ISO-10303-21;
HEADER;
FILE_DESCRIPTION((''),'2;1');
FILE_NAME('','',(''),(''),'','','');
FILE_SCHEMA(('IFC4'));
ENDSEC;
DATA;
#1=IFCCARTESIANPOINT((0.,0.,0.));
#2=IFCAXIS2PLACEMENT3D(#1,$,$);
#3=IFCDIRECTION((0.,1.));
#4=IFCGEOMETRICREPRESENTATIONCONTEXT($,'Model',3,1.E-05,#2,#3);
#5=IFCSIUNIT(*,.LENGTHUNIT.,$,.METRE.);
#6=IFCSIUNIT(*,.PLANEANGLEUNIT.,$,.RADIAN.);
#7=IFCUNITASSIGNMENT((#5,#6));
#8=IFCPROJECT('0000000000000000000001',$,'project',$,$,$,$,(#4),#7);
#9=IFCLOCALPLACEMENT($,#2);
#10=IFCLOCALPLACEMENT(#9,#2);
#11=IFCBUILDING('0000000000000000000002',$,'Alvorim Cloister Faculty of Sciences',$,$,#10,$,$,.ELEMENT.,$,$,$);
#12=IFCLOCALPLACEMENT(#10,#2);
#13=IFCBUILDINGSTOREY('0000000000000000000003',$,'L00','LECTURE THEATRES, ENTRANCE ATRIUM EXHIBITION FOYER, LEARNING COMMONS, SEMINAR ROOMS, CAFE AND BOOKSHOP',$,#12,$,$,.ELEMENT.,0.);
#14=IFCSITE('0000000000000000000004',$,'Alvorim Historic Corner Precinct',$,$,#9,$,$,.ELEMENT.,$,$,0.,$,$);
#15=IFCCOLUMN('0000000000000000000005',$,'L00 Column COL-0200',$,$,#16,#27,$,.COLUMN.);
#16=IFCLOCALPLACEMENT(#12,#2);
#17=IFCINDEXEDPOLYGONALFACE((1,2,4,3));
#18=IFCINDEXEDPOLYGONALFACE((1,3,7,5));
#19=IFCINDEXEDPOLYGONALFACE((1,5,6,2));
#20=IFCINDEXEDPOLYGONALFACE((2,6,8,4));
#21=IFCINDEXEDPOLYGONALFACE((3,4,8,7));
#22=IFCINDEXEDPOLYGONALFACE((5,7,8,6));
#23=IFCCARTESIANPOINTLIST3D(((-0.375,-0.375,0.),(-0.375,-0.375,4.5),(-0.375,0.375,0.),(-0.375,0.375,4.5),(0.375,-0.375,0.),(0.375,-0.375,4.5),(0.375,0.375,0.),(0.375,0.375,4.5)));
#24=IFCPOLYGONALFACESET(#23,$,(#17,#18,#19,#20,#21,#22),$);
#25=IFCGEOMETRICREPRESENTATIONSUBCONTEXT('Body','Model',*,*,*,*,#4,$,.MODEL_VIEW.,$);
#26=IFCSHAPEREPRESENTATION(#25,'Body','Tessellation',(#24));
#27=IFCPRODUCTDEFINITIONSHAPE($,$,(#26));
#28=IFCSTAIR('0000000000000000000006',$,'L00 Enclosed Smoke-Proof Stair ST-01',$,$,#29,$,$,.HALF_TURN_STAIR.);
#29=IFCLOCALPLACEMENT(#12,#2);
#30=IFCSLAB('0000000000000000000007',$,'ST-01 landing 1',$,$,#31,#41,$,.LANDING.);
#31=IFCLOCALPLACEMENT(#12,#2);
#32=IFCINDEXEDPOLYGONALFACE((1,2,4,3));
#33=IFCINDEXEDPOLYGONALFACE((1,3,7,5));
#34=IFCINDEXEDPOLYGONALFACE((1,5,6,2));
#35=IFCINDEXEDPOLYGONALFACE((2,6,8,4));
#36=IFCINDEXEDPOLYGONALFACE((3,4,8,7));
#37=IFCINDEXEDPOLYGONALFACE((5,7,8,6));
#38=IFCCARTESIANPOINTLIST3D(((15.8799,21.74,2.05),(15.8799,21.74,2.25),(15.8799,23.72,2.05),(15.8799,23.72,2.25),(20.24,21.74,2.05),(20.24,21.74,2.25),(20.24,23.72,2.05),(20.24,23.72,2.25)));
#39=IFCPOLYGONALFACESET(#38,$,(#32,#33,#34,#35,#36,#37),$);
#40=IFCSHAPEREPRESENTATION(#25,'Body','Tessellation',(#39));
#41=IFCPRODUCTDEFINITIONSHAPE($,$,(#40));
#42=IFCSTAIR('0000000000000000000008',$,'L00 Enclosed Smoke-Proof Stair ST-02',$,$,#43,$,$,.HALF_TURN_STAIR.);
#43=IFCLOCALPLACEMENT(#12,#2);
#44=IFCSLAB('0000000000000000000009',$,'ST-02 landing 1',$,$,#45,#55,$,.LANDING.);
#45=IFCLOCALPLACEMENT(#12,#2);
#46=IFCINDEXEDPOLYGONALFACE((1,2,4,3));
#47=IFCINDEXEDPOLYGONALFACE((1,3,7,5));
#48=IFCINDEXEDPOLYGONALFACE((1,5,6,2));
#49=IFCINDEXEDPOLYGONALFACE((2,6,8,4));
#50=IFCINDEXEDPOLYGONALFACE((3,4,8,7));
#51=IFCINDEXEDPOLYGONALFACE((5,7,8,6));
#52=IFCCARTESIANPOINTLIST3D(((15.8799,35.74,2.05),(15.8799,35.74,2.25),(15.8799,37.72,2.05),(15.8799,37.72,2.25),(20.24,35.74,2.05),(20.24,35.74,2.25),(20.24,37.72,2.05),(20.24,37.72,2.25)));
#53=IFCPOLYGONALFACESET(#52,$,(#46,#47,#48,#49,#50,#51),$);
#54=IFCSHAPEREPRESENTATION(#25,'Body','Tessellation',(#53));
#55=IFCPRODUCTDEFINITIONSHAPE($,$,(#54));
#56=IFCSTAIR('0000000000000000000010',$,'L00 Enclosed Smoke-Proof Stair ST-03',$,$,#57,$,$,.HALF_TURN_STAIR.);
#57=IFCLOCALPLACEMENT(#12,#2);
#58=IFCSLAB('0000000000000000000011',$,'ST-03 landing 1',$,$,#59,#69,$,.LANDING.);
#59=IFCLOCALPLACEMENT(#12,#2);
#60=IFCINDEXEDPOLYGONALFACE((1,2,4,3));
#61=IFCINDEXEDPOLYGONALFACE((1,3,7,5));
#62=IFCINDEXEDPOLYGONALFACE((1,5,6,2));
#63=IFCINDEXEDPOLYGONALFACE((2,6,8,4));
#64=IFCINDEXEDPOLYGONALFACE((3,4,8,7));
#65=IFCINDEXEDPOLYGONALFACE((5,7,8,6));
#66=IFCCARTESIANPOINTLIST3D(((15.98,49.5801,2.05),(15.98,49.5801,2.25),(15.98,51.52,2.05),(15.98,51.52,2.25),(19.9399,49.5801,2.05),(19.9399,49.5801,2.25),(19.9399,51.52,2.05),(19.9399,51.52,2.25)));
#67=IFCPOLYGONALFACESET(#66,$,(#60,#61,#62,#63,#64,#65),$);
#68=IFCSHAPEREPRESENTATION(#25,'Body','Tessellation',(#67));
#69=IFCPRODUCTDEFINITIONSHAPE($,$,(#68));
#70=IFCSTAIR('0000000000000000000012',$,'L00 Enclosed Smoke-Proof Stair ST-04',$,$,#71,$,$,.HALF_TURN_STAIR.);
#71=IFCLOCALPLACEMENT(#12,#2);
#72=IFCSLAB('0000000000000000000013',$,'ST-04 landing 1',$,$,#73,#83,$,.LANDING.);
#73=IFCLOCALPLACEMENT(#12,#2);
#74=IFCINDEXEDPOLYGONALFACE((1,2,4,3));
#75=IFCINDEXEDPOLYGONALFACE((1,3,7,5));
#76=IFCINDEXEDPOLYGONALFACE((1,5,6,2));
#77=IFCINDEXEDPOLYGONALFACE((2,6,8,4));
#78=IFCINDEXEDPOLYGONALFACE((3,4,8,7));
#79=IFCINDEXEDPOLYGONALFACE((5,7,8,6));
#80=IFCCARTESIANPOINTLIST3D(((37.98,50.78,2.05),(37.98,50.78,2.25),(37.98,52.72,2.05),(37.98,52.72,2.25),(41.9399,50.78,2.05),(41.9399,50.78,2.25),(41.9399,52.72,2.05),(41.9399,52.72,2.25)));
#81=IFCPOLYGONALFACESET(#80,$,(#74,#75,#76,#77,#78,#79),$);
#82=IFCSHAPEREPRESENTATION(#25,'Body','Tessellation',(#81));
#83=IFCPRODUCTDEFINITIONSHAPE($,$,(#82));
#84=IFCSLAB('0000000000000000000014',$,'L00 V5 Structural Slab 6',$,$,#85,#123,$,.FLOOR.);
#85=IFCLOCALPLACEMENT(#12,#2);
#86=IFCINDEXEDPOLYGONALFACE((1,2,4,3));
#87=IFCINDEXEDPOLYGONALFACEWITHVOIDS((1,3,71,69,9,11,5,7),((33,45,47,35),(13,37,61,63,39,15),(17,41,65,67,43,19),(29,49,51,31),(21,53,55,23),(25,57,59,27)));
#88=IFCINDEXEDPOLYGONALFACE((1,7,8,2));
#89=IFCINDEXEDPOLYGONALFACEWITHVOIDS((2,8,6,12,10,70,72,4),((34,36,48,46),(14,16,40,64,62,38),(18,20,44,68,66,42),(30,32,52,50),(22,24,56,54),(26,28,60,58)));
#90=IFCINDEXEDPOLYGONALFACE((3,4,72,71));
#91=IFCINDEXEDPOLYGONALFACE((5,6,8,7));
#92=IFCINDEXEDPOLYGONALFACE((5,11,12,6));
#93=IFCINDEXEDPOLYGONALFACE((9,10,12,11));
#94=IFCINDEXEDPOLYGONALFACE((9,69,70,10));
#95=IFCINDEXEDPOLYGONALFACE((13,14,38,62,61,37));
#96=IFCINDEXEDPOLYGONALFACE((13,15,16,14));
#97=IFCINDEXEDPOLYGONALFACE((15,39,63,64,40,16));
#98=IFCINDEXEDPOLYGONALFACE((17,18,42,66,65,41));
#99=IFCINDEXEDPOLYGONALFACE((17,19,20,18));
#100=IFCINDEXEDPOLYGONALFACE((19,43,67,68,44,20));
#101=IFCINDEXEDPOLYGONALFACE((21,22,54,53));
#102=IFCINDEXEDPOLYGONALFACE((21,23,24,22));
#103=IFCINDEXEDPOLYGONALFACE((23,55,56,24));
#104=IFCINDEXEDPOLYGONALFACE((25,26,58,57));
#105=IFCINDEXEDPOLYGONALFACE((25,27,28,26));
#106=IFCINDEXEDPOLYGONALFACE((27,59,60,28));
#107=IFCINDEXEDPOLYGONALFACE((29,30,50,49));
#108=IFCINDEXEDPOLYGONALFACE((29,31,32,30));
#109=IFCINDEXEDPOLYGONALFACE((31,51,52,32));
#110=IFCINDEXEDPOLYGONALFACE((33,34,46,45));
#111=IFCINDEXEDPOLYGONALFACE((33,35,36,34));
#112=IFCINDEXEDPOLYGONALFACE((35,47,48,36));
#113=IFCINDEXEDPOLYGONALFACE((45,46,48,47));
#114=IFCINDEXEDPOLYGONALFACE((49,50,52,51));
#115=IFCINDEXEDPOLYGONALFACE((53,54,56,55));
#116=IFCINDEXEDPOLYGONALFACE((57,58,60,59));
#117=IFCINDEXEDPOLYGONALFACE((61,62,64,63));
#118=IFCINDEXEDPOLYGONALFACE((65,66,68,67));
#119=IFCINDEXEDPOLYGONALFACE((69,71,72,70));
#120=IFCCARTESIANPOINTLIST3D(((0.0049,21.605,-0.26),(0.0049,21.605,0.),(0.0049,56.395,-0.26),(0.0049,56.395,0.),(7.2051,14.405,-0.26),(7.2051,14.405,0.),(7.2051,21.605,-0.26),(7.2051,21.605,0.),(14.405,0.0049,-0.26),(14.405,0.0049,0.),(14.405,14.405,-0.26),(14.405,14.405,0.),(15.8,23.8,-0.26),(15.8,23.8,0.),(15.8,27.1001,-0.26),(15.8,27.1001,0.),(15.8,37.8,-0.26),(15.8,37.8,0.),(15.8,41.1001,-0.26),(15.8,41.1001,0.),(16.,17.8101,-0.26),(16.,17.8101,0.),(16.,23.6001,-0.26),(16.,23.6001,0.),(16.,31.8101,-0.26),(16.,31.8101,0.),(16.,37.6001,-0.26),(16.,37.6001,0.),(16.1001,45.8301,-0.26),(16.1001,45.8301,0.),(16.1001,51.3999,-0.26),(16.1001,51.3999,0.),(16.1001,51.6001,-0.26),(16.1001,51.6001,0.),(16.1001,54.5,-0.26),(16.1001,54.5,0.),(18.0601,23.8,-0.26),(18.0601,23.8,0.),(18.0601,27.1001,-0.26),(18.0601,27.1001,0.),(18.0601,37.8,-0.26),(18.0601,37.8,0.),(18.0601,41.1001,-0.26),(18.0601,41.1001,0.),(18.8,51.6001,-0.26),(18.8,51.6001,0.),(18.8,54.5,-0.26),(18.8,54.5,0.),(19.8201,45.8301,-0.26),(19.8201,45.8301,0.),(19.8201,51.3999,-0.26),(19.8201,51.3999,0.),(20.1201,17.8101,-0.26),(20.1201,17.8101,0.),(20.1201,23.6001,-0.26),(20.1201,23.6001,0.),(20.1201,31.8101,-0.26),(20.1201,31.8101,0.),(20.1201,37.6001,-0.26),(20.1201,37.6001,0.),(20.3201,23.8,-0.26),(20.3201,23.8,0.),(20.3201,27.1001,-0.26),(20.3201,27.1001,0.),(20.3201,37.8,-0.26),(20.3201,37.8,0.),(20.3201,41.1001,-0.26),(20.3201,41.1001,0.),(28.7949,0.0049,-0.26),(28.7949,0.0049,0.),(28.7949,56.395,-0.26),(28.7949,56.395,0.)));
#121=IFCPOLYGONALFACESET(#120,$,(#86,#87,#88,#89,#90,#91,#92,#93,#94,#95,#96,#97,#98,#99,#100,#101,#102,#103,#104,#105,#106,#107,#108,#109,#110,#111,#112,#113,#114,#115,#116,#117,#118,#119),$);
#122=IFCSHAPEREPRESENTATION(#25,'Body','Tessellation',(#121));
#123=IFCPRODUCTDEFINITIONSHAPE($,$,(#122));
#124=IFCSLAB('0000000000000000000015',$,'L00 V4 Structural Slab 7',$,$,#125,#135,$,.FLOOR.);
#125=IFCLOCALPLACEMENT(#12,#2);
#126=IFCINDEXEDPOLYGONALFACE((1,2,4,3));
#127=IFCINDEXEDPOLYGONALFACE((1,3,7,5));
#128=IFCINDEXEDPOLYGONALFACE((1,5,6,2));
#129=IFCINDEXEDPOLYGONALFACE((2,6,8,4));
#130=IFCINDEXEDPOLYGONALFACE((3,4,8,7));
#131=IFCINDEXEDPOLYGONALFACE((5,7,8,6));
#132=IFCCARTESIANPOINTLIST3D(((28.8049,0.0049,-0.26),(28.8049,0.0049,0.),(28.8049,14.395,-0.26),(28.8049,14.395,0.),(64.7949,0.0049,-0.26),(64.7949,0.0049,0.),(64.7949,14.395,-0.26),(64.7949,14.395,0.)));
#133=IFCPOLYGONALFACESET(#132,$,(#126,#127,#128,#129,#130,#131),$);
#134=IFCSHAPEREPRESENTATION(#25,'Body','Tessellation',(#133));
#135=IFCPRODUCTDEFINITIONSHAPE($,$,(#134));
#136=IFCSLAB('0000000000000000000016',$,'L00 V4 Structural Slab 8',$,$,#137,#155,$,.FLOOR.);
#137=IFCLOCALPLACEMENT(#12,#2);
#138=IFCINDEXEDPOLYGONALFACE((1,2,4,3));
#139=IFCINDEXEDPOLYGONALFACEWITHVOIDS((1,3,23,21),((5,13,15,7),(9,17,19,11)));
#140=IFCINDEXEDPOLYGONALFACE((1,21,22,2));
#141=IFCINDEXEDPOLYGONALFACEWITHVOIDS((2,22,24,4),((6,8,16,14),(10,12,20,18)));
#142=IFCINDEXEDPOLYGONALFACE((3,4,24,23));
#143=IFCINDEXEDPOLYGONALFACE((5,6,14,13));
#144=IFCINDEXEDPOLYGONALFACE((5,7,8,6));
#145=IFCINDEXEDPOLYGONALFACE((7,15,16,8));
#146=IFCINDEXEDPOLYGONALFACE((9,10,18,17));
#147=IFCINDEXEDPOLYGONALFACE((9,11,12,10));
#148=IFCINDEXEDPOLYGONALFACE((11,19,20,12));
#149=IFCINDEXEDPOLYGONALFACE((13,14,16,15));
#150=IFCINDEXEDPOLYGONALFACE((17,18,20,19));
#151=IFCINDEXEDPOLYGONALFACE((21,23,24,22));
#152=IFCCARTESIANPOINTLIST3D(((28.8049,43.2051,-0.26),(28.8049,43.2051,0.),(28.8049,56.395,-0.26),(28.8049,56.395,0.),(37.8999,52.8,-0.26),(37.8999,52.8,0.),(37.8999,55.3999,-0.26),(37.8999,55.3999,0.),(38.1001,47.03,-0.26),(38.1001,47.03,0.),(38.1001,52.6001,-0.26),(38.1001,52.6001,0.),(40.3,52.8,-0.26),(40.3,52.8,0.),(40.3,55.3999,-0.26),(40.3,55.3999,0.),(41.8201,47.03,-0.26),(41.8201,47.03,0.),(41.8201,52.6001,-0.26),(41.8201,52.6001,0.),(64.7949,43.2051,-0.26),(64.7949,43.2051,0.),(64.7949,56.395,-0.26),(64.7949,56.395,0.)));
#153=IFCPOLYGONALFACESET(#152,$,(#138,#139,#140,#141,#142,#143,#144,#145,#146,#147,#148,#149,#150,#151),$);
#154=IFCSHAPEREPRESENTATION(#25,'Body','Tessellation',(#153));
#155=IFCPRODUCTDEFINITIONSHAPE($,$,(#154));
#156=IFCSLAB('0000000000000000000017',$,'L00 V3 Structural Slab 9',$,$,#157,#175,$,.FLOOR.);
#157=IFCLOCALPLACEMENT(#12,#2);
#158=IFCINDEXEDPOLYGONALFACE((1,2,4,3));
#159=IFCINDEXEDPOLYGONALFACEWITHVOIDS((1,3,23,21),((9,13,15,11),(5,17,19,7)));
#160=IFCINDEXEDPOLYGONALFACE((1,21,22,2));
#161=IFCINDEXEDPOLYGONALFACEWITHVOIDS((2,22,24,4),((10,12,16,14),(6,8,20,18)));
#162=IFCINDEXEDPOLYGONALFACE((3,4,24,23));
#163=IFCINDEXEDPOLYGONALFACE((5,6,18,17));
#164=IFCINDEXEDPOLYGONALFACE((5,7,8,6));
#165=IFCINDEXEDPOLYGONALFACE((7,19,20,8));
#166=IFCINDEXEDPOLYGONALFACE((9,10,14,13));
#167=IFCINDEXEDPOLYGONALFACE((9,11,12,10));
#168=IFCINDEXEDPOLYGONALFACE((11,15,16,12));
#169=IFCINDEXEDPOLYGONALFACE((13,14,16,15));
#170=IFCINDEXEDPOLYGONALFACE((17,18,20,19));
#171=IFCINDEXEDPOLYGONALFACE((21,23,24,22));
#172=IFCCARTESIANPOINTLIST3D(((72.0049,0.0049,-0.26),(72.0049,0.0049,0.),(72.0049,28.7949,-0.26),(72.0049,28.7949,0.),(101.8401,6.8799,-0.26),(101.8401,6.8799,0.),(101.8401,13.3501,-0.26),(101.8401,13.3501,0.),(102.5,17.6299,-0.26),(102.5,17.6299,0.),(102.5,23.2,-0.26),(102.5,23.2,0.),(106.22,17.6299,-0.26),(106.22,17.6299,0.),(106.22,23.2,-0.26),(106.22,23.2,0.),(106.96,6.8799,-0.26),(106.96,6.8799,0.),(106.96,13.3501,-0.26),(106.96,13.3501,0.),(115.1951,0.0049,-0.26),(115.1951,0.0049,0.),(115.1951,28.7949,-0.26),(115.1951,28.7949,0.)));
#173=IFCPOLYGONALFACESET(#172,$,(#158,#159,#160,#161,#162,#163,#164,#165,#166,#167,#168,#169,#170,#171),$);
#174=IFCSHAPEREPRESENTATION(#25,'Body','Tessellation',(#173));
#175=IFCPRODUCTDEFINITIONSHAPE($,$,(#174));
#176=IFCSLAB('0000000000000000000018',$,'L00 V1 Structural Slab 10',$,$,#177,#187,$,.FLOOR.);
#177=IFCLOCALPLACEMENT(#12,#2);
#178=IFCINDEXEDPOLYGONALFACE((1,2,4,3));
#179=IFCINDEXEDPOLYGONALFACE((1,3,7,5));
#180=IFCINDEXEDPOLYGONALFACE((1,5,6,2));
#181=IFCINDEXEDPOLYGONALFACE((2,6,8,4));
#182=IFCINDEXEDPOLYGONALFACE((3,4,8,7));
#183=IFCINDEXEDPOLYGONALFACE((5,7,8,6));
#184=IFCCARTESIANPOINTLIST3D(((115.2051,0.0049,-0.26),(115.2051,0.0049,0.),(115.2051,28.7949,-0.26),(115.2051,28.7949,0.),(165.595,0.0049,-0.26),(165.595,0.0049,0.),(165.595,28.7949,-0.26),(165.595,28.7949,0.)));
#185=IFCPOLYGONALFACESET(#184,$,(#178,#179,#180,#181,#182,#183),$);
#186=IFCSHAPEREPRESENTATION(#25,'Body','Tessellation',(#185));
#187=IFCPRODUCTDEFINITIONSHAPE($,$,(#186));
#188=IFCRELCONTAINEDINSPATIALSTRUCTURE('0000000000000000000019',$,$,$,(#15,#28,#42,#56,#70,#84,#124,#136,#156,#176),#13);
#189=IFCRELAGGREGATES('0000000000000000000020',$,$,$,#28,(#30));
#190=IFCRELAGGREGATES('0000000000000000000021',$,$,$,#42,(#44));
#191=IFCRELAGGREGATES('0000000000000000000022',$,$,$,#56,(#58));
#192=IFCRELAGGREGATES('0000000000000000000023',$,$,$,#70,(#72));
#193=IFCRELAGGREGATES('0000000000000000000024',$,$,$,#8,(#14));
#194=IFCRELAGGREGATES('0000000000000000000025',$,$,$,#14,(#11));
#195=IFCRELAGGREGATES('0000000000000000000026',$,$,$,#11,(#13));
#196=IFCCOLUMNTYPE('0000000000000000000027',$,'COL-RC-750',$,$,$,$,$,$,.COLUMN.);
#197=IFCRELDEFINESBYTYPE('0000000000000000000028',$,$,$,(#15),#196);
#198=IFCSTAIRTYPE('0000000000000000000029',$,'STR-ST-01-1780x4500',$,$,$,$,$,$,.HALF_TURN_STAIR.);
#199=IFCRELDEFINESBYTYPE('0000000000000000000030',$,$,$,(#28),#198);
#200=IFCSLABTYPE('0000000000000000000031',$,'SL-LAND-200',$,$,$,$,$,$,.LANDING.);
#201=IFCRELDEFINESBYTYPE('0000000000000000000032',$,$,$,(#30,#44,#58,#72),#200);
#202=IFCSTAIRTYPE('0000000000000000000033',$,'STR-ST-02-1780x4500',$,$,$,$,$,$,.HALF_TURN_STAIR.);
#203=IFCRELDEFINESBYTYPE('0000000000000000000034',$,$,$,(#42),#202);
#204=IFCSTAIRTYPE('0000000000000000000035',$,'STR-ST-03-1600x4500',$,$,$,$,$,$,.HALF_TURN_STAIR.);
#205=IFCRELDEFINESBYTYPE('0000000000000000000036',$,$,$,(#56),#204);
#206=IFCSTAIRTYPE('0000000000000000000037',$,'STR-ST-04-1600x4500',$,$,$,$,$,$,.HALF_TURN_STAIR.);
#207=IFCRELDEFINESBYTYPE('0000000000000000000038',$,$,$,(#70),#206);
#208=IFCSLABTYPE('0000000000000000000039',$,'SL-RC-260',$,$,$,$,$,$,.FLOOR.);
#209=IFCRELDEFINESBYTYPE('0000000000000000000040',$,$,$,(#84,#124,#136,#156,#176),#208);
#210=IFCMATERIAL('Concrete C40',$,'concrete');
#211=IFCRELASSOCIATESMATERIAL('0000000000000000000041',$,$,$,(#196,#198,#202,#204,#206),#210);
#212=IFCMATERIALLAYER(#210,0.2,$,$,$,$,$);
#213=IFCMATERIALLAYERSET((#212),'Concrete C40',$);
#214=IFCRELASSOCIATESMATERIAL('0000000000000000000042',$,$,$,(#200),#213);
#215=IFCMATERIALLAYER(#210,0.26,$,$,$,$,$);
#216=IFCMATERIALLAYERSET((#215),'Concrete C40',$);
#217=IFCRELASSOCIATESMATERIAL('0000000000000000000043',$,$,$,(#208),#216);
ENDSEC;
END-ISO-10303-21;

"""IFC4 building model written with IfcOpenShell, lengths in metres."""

from ifc_helpers import new_model, si_unit, direction, frame, origin, origin_with_axes, origin_2d, place, context, subcontext, project, spatial, polyline, rectangle, outline, extrude, material, layer, layer_set, material_profile, profile_set, type_object, element, aggregate, save


model = new_model("IFC4")

# Units and contexts
model_context = context("Model", 3, precision=1e-05, world=origin(), true_north=direction((0.0, 1.0)))
body_context = subcontext(model_context, "Body", "Model", "MODEL_VIEW")
ifc_project = project(units=[si_unit("LENGTHUNIT", "METRE"), si_unit("PLANEANGLEUNIT", "RADIAN")], contexts=[model_context])

# Site, building, storey
site_placement = place(None, origin())
site = spatial("IfcSite", under=ifc_project, at=site_placement, Name="Alvorim Historic Corner Precinct", CompositionType="ELEMENT", RefElevation=0.0)
building_placement = place(site_placement, origin())
building = spatial("IfcBuilding", under=site, at=building_placement, Name="Alvorim Cloister Faculty of Sciences", CompositionType="ELEMENT")
storey_placement = place(building_placement, origin())
storey = spatial("IfcBuildingStorey", under=building, at=storey_placement, Name="L00", Description="LECTURE THEATRES, ENTRANCE ATRIUM EXHIBITION FOYER, LEARNING COMMONS, SEMINAR ROOMS, CAFE AND BOOKSHOP", CompositionType="ELEMENT", Elevation=0.0)

# Column
ifc_material_1 = material(Name="Concrete C40", Category="concrete")
ifc_material_profile = material_profile(ifc_material_1, rectangle(XDim=0.75, YDim=0.75, at=origin_2d()), Name="RC40-COL-750x750")
ifc_profile_set = profile_set([ifc_material_profile], Name="Concrete C40")
column_type = type_object("IfcColumnType", Name="COL-RC-750", PredefinedType="COLUMN", material=ifc_profile_set)
column_placement = place(storey_placement, origin_with_axes())
element("IfcColumn", 1, at=column_placement, inside=storey, type_object=column_type, Name="L00 Column COL-0200", PredefinedType="COLUMN", context=body_context, shape_type="SweptSolid", body=[
    extrude(rectangle(XDim=0.75, YDim=0.75, at=origin_2d()), origin(), (0.0, 0.0, 1.0), 4.5),
])

# Stairs, slabs
stair_type_1 = type_object("IfcStairType", Name="STR-ST-01-1780x4500", PredefinedType="HALF_TURN_STAIR", material=ifc_material_1)
stair_1_placement = place(storey_placement, origin())
stair_1 = element("IfcStair", 2, at=stair_1_placement, inside=storey, type_object=stair_type_1, Name="L00 Enclosed Smoke-Proof Stair ST-01", PredefinedType="HALF_TURN_STAIR")
ifc_layer_1 = layer(ifc_material_1, 0.2)
ifc_layer_set_1 = layer_set([ifc_layer_1], Name="Concrete C40")
slab_type_1 = type_object("IfcSlabType", Name="SL-LAND-200", PredefinedType="LANDING", material=ifc_layer_set_1)
slab_1_placement = place(storey_placement, frame((0.0, 0.0, 2.05)))
slab_1 = element("IfcSlab", 3, at=slab_1_placement, type_object=slab_type_1, Name="ST-01 landing 1", PredefinedType="LANDING", context=body_context, shape_type="SweptSolid", body=[
    extrude(outline(polyline([(20.24, 21.74), (20.24, 23.72), (15.8799, 23.72), (15.8799, 21.74), (20.24, 21.74)])), origin(), (0.0, 0.0, 1.0), 0.2),
])
aggregate(stair_1, [slab_1])
stair_type_2 = type_object("IfcStairType", Name="STR-ST-02-1780x4500", PredefinedType="HALF_TURN_STAIR", material=ifc_material_1)
stair_2_placement = place(storey_placement, origin())
stair_2 = element("IfcStair", 4, at=stair_2_placement, inside=storey, type_object=stair_type_2, Name="L00 Enclosed Smoke-Proof Stair ST-02", PredefinedType="HALF_TURN_STAIR")
slab_2_placement = place(storey_placement, frame((0.0, 0.0, 2.05)))
slab_2 = element("IfcSlab", 5, at=slab_2_placement, type_object=slab_type_1, Name="ST-02 landing 1", PredefinedType="LANDING", context=body_context, shape_type="SweptSolid", body=[
    extrude(outline(polyline([(20.24, 35.74), (20.24, 37.72), (15.8799, 37.72), (15.8799, 35.74), (20.24, 35.74)])), origin(), (0.0, 0.0, 1.0), 0.2),
])
aggregate(stair_2, [slab_2])
stair_type_3 = type_object("IfcStairType", Name="STR-ST-03-1600x4500", PredefinedType="HALF_TURN_STAIR", material=ifc_material_1)
stair_3_placement = place(storey_placement, origin())
stair_3 = element("IfcStair", 6, at=stair_3_placement, inside=storey, type_object=stair_type_3, Name="L00 Enclosed Smoke-Proof Stair ST-03", PredefinedType="HALF_TURN_STAIR")
slab_3_placement = place(storey_placement, frame((0.0, 0.0, 2.05)))
slab_3 = element("IfcSlab", 7, at=slab_3_placement, type_object=slab_type_1, Name="ST-03 landing 1", PredefinedType="LANDING", context=body_context, shape_type="SweptSolid", body=[
    extrude(outline(polyline([(19.9399, 49.5801), (19.9399, 51.52), (15.98, 51.52), (15.98, 49.5801), (19.9399, 49.5801)])), origin(), (0.0, 0.0, 1.0), 0.2),
])
aggregate(stair_3, [slab_3])
stair_type_4 = type_object("IfcStairType", Name="STR-ST-04-1600x4500", PredefinedType="HALF_TURN_STAIR", material=ifc_material_1)
stair_4_placement = place(storey_placement, origin())
stair_4 = element("IfcStair", 8, at=stair_4_placement, inside=storey, type_object=stair_type_4, Name="L00 Enclosed Smoke-Proof Stair ST-04", PredefinedType="HALF_TURN_STAIR")
slab_4_placement = place(storey_placement, frame((0.0, 0.0, 2.05)))
slab_4 = element("IfcSlab", 9, at=slab_4_placement, type_object=slab_type_1, Name="ST-04 landing 1", PredefinedType="LANDING", context=body_context, shape_type="SweptSolid", body=[
    extrude(outline(polyline([(41.9399, 50.78), (41.9399, 52.72), (37.98, 52.72), (37.98, 50.78), (41.9399, 50.78)])), origin(), (0.0, 0.0, 1.0), 0.2),
])
aggregate(stair_4, [slab_4])

# Slabs
ifc_layer_2 = layer(ifc_material_1, 0.26)
ifc_layer_set_2 = layer_set([ifc_layer_2], Name="Concrete C40")
slab_type_2 = type_object("IfcSlabType", Name="SL-RC-260", PredefinedType="FLOOR", material=ifc_layer_set_2)
slab_5_placement = place(storey_placement, frame((0.0, 0.0, -0.26)))
element("IfcSlab", 10, at=slab_5_placement, inside=storey, type_object=slab_type_2, Name="L00 V5 Structural Slab 6", PredefinedType="FLOOR", context=body_context, shape_type="SweptSolid", body=[
    extrude(outline(polyline([(14.405, 0.0049), (14.405, 14.405), (7.2051, 14.405), (7.2051, 21.605), (0.0049, 21.605), (0.0049, 56.395), (28.7949, 56.395), (28.7949, 0.0049), (14.405, 0.0049)]), holes=[polyline([(16.0, 23.6001), (16.0, 17.8101), (20.1201, 17.8101), (20.1201, 23.6001), (16.0, 23.6001)]), polyline([(18.0601, 23.8), (20.3201, 23.8), (20.3201, 27.1001), (18.0601, 27.1001), (15.8, 27.1001), (15.8, 23.8), (18.0601, 23.8)]), polyline([(20.1201, 37.6001), (16.0, 37.6001), (16.0, 31.8101), (20.1201, 31.8101), (20.1201, 37.6001)]), polyline([(18.0601, 37.8), (20.3201, 37.8), (20.3201, 41.1001), (18.0601, 41.1001), (15.8, 41.1001), (15.8, 37.8), (18.0601, 37.8)]), polyline([(19.8201, 51.3999), (16.1001, 51.3999), (16.1001, 45.8301), (19.8201, 45.8301), (19.8201, 51.3999)]), polyline([(18.8, 54.5), (16.1001, 54.5), (16.1001, 51.6001), (18.8, 51.6001), (18.8, 54.5)])]), origin(), (0.0, 0.0, 1.0), 0.26),
])
slab_6_placement = place(storey_placement, frame((0.0, 0.0, -0.26)))
element("IfcSlab", 11, at=slab_6_placement, inside=storey, type_object=slab_type_2, Name="L00 V4 Structural Slab 7", PredefinedType="FLOOR", context=body_context, shape_type="SweptSolid", body=[
    extrude(outline(polyline([(28.8049, 14.395), (64.7949, 14.395), (64.7949, 0.0049), (28.8049, 0.0049), (28.8049, 14.395)])), origin(), (0.0, 0.0, 1.0), 0.26),
])
slab_7_placement = place(storey_placement, frame((0.0, 0.0, -0.26)))
element("IfcSlab", 12, at=slab_7_placement, inside=storey, type_object=slab_type_2, Name="L00 V4 Structural Slab 8", PredefinedType="FLOOR", context=body_context, shape_type="SweptSolid", body=[
    extrude(outline(polyline([(28.8049, 56.395), (64.7949, 56.395), (64.7949, 43.2051), (28.8049, 43.2051), (28.8049, 56.395)]), holes=[polyline([(41.8201, 52.6001), (38.1001, 52.6001), (38.1001, 47.03), (41.8201, 47.03), (41.8201, 52.6001)]), polyline([(40.3, 55.3999), (37.8999, 55.3999), (37.8999, 52.8), (40.3, 52.8), (40.3, 55.3999)])]), origin(), (0.0, 0.0, 1.0), 0.26),
])
slab_8_placement = place(storey_placement, frame((0.0, 0.0, -0.26)))
element("IfcSlab", 13, at=slab_8_placement, inside=storey, type_object=slab_type_2, Name="L00 V3 Structural Slab 9", PredefinedType="FLOOR", context=body_context, shape_type="SweptSolid", body=[
    extrude(outline(polyline([(72.0049, 0.0049), (72.0049, 28.7949), (115.1951, 28.7949), (115.1951, 0.0049), (72.0049, 0.0049)]), holes=[polyline([(101.8401, 13.3501), (101.8401, 6.8799), (106.96, 6.8799), (106.96, 13.3501), (101.8401, 13.3501)]), polyline([(106.22, 23.2), (102.5, 23.2), (102.5, 17.6299), (106.22, 17.6299), (106.22, 23.2)])]), origin(), (0.0, 0.0, 1.0), 0.26),
])
slab_9_placement = place(storey_placement, frame((0.0, 0.0, -0.26)))
element("IfcSlab", 14, at=slab_9_placement, inside=storey, type_object=slab_type_2, Name="L00 V1 Structural Slab 10", PredefinedType="FLOOR", context=body_context, shape_type="SweptSolid", body=[
    extrude(outline(polyline([(115.2051, 0.0049), (115.2051, 28.7949), (165.595, 28.7949), (165.595, 0.0049), (115.2051, 0.0049)])), origin(), (0.0, 0.0, 1.0), 0.26),
])

save(model, "model.ifc")
